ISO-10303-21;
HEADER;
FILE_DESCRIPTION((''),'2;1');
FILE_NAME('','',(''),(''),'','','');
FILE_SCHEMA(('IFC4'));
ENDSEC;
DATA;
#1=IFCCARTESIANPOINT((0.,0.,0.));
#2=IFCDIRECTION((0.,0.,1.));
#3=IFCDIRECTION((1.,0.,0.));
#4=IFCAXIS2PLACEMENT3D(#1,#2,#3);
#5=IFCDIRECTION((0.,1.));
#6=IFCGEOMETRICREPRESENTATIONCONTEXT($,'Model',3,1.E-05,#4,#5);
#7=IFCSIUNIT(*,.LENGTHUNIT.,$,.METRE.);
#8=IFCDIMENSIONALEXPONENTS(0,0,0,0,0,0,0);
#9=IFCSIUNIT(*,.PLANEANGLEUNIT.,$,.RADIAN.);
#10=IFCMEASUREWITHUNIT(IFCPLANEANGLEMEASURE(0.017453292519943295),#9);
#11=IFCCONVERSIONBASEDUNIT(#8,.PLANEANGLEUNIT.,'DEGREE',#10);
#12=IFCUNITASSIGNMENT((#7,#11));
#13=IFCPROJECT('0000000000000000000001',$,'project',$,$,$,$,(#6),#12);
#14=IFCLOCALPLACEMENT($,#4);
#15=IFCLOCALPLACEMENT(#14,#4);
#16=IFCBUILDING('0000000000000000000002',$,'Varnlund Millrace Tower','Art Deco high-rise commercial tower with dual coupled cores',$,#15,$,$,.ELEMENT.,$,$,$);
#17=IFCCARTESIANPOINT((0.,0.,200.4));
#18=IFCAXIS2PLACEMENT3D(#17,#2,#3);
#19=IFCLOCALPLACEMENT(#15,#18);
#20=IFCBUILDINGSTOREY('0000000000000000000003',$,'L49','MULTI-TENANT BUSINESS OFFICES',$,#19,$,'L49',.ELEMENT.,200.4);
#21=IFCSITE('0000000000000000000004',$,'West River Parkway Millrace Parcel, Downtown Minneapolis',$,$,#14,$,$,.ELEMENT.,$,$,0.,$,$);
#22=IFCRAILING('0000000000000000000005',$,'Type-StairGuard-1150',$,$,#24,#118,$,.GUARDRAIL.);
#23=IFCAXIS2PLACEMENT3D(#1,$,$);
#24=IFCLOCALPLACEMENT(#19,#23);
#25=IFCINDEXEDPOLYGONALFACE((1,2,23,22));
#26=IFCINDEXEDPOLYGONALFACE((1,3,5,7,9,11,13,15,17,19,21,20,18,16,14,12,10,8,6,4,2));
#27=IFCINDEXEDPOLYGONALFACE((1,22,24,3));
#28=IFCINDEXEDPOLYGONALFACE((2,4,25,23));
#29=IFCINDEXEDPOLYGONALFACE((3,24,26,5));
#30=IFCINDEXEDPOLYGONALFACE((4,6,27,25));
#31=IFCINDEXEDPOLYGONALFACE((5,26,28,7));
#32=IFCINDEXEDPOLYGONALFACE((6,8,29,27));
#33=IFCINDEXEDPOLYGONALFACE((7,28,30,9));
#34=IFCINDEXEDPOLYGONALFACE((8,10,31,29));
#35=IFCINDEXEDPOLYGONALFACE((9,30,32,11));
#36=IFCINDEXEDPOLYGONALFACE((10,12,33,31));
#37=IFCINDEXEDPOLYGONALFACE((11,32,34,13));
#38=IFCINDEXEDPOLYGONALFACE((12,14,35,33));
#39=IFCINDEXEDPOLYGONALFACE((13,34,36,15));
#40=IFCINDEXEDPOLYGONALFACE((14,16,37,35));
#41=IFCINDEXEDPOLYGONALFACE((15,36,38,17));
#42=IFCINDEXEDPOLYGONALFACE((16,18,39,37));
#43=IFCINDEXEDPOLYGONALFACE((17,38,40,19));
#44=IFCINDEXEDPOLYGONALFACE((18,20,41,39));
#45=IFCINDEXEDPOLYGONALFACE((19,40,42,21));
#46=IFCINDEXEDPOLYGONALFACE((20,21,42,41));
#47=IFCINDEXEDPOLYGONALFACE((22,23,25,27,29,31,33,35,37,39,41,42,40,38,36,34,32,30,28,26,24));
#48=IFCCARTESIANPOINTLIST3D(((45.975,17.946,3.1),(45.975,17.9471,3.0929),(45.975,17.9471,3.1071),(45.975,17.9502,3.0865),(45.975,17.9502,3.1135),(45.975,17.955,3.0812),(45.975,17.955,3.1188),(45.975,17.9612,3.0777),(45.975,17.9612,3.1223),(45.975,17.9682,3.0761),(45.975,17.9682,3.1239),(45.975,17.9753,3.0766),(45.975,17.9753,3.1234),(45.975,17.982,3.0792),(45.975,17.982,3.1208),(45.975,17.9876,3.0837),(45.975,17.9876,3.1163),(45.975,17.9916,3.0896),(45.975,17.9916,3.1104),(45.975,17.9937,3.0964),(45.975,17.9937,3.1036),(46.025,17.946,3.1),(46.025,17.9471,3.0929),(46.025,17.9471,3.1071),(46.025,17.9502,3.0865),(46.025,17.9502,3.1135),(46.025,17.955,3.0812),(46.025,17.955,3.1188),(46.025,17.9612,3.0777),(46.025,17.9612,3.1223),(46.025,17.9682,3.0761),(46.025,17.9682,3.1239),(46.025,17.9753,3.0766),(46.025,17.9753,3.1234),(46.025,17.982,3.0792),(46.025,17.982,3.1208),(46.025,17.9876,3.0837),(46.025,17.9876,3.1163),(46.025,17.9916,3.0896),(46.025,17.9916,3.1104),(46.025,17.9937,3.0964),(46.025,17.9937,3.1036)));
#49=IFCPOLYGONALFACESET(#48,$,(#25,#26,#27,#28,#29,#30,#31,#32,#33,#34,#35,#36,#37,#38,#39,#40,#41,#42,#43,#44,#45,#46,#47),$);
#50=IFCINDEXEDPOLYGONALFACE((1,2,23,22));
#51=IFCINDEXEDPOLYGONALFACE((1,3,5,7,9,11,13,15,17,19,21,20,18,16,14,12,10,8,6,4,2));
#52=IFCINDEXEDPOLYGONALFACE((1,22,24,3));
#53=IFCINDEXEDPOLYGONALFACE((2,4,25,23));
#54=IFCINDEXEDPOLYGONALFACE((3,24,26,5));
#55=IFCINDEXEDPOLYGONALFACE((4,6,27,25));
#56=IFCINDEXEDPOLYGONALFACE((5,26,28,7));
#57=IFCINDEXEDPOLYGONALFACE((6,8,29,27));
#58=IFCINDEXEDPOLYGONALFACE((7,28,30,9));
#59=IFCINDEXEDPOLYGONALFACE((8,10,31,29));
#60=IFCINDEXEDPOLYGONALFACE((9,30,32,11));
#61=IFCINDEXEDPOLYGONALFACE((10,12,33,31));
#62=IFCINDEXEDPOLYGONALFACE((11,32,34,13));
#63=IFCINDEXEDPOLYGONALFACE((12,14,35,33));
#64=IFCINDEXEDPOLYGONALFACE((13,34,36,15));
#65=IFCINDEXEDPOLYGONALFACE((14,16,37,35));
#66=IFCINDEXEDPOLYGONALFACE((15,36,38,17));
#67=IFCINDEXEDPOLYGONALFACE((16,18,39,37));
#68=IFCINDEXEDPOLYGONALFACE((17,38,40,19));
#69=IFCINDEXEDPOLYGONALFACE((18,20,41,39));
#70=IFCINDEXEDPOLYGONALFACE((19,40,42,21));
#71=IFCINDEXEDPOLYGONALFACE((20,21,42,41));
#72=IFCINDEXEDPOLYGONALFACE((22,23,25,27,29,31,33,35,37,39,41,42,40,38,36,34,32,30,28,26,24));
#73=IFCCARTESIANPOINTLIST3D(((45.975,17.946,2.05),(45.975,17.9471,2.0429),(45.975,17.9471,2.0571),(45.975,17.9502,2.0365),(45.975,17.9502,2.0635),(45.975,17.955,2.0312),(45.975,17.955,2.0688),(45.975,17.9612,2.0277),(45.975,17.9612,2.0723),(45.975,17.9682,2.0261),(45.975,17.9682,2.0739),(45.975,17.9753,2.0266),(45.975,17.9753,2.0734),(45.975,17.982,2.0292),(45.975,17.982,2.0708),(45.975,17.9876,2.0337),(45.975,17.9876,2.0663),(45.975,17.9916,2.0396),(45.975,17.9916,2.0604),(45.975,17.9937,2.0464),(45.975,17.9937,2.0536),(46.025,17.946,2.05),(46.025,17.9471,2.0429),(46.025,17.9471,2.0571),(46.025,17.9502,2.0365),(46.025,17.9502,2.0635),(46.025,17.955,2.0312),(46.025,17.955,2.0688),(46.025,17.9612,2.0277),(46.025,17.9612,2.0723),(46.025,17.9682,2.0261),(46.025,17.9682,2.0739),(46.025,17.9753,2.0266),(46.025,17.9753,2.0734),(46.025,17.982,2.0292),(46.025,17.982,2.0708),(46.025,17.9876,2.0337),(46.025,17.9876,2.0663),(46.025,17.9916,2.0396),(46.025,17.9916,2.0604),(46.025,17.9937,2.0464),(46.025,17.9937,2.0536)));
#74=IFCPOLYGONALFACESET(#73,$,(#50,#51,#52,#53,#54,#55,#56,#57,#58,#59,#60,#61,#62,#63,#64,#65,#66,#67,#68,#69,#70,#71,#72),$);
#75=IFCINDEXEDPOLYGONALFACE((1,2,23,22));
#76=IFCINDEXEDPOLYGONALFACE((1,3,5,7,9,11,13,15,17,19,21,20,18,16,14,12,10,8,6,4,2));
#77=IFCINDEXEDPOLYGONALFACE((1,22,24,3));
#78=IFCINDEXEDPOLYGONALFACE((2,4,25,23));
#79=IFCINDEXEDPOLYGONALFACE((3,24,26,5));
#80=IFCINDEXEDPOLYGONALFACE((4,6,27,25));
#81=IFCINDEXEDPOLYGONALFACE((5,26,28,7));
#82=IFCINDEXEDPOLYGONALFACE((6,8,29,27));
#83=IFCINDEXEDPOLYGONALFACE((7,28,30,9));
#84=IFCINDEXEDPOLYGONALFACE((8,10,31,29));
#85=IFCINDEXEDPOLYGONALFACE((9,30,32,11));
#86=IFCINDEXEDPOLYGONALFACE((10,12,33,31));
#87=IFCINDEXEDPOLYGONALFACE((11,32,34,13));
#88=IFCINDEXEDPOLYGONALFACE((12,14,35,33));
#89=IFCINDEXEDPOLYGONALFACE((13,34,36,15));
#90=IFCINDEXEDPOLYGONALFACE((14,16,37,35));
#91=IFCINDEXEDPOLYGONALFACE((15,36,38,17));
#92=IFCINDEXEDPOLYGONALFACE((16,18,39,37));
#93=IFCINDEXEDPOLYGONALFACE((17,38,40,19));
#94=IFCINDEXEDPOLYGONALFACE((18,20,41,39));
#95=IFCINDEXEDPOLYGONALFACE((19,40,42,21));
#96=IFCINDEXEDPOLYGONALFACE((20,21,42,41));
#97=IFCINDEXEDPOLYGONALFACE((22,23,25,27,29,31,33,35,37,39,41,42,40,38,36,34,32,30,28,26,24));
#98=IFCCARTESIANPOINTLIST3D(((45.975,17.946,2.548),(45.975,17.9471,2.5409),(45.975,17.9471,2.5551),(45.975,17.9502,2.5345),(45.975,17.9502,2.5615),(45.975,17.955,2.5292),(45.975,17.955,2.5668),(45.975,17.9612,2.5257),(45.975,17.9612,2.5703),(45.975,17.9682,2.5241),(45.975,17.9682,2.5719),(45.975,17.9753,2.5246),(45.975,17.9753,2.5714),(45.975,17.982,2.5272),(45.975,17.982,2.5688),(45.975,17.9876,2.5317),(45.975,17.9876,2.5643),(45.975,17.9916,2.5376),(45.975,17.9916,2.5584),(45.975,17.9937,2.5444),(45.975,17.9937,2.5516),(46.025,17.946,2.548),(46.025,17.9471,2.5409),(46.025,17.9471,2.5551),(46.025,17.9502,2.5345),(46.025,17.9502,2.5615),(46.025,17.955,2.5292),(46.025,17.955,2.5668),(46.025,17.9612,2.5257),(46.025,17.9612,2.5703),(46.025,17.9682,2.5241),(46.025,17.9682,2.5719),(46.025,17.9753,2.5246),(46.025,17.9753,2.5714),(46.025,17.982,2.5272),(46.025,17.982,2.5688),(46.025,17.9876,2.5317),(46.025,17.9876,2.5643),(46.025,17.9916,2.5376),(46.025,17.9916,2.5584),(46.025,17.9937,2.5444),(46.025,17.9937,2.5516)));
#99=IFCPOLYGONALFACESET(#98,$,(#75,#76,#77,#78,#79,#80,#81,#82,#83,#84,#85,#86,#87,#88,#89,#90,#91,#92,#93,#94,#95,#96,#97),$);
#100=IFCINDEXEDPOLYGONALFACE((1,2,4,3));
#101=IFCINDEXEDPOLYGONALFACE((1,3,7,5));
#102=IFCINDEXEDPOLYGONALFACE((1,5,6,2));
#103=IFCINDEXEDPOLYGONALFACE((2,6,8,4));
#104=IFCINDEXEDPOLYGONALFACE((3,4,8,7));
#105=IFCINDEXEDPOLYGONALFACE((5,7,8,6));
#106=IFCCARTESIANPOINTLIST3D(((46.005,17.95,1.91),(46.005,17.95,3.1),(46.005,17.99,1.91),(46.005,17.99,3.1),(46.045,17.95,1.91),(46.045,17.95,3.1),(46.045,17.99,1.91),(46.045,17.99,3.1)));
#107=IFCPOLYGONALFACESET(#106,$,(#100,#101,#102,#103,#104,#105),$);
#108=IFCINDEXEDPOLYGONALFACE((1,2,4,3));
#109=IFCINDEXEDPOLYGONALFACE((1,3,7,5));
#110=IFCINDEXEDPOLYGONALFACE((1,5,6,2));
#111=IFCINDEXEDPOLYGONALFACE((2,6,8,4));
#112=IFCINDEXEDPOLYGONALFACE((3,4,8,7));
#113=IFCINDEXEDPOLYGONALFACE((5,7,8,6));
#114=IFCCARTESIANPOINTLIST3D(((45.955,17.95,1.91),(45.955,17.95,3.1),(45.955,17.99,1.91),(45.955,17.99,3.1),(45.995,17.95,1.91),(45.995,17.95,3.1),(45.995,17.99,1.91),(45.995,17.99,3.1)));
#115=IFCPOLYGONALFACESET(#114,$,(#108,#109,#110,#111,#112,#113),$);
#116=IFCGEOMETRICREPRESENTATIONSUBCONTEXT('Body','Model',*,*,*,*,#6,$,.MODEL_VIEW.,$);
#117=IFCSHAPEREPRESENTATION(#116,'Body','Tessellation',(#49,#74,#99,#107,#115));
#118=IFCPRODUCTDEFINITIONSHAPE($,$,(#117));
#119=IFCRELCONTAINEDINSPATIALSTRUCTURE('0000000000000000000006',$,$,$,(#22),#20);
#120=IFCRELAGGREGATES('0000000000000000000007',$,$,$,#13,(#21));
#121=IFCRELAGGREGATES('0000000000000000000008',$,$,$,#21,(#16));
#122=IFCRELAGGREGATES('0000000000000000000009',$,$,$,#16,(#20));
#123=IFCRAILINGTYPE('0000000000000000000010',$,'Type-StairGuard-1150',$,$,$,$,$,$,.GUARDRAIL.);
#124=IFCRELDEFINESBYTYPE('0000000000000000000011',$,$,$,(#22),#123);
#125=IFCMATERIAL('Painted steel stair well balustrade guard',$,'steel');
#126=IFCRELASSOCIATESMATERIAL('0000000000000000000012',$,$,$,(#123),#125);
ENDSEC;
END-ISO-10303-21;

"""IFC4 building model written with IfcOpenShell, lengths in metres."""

from ifc_helpers import new_model, entity, si_unit, converted_unit, direction, frame, origin_with_axes, origin_2d_with_axis, place, context, subcontext, project, spatial, rectangle, circle, extrude, material, type_object, element, save


model = new_model("IFC4")

# Units and contexts
model_context = context("Model", 3, precision=1e-05, world=origin_with_axes(), true_north=direction((0.0, 1.0)))
body_context = subcontext(model_context, "Body", "Model", "MODEL_VIEW")
ifc_project = project(units=[si_unit("LENGTHUNIT", "METRE"), converted_unit("PLANEANGLEUNIT", "DEGREE", entity("IfcPlaneAngleMeasure", 0.017453292519943295), si_unit("PLANEANGLEUNIT", "RADIAN"), dimensions=[0, 0, 0, 0, 0, 0, 0])], contexts=[model_context])

# Site, building, storey
site_placement = place(None, origin_with_axes())
site = spatial("IfcSite", under=ifc_project, at=site_placement, Name="West River Parkway Millrace Parcel, Downtown Minneapolis", CompositionType="ELEMENT", RefElevation=0.0)
building_placement = place(site_placement, origin_with_axes())
building = spatial("IfcBuilding", under=site, at=building_placement, Name="Varnlund Millrace Tower", Description="Art Deco high-rise commercial tower with dual coupled cores", CompositionType="ELEMENT")
storey_placement = place(building_placement, frame((0.0, 0.0, 200.4), z_axis=(0.0, 0.0, 1.0), x_axis=(1.0, 0.0, 0.0)))
storey = spatial("IfcBuildingStorey", under=building, at=storey_placement, Name="L49", Description="MULTI-TENANT BUSINESS OFFICES", LongName="L49", CompositionType="ELEMENT", Elevation=200.4)

# Railing
ifc_material_1 = material(Name="Painted steel stair well balustrade guard", Category="steel")
railing_type_1 = type_object("IfcRailingType", Name="Type-StairGuard-1150", PredefinedType="GUARDRAIL", material=ifc_material_1)
railing_1_placement = place(storey_placement, frame((0.0, 0.0, -200.4), z_axis=(0.0, 0.0, 1.0), x_axis=(1.0, 0.0, 0.0)))
element("IfcRailing", 1, at=railing_1_placement, inside=storey, type_object=railing_type_1, Name="Type-StairGuard-1150", PredefinedType="GUARDRAIL", context=body_context, shape_type="SweptSolid", body=[
    extrude(circle(Radius=0.024, at=origin_2d_with_axis()), frame((46.025, 17.97, 203.5), z_axis=(-1.0, 0.0, 0.0), x_axis=(0.0, -1.0, 0.0)), (0.0, 0.0, 1.0), 0.05),
    extrude(circle(Radius=0.024, at=origin_2d_with_axis()), frame((46.025, 17.97, 202.45), z_axis=(-1.0, 0.0, 0.0), x_axis=(0.0, -1.0, 0.0)), (0.0, 0.0, 1.0), 0.05),
    extrude(circle(Radius=0.024, at=origin_2d_with_axis()), frame((46.025, 17.97, 202.948), z_axis=(-1.0, 0.0, 0.0), x_axis=(0.0, -1.0, 0.0)), (0.0, 0.0, 1.0), 0.05),
    extrude(rectangle(XDim=0.04, YDim=0.04, at=origin_2d_with_axis()), frame((46.025, 17.97, 202.31), z_axis=(0.0, 0.0, 1.0), x_axis=(1.0, 0.0, 0.0)), (0.0, 0.0, 1.0), 1.19),
    extrude(rectangle(XDim=0.04, YDim=0.04, at=origin_2d_with_axis()), frame((45.975, 17.97, 202.31), z_axis=(0.0, 0.0, 1.0), x_axis=(1.0, 0.0, 0.0)), (0.0, 0.0, 1.0), 1.19),
])

save(model, "model.ifc")
